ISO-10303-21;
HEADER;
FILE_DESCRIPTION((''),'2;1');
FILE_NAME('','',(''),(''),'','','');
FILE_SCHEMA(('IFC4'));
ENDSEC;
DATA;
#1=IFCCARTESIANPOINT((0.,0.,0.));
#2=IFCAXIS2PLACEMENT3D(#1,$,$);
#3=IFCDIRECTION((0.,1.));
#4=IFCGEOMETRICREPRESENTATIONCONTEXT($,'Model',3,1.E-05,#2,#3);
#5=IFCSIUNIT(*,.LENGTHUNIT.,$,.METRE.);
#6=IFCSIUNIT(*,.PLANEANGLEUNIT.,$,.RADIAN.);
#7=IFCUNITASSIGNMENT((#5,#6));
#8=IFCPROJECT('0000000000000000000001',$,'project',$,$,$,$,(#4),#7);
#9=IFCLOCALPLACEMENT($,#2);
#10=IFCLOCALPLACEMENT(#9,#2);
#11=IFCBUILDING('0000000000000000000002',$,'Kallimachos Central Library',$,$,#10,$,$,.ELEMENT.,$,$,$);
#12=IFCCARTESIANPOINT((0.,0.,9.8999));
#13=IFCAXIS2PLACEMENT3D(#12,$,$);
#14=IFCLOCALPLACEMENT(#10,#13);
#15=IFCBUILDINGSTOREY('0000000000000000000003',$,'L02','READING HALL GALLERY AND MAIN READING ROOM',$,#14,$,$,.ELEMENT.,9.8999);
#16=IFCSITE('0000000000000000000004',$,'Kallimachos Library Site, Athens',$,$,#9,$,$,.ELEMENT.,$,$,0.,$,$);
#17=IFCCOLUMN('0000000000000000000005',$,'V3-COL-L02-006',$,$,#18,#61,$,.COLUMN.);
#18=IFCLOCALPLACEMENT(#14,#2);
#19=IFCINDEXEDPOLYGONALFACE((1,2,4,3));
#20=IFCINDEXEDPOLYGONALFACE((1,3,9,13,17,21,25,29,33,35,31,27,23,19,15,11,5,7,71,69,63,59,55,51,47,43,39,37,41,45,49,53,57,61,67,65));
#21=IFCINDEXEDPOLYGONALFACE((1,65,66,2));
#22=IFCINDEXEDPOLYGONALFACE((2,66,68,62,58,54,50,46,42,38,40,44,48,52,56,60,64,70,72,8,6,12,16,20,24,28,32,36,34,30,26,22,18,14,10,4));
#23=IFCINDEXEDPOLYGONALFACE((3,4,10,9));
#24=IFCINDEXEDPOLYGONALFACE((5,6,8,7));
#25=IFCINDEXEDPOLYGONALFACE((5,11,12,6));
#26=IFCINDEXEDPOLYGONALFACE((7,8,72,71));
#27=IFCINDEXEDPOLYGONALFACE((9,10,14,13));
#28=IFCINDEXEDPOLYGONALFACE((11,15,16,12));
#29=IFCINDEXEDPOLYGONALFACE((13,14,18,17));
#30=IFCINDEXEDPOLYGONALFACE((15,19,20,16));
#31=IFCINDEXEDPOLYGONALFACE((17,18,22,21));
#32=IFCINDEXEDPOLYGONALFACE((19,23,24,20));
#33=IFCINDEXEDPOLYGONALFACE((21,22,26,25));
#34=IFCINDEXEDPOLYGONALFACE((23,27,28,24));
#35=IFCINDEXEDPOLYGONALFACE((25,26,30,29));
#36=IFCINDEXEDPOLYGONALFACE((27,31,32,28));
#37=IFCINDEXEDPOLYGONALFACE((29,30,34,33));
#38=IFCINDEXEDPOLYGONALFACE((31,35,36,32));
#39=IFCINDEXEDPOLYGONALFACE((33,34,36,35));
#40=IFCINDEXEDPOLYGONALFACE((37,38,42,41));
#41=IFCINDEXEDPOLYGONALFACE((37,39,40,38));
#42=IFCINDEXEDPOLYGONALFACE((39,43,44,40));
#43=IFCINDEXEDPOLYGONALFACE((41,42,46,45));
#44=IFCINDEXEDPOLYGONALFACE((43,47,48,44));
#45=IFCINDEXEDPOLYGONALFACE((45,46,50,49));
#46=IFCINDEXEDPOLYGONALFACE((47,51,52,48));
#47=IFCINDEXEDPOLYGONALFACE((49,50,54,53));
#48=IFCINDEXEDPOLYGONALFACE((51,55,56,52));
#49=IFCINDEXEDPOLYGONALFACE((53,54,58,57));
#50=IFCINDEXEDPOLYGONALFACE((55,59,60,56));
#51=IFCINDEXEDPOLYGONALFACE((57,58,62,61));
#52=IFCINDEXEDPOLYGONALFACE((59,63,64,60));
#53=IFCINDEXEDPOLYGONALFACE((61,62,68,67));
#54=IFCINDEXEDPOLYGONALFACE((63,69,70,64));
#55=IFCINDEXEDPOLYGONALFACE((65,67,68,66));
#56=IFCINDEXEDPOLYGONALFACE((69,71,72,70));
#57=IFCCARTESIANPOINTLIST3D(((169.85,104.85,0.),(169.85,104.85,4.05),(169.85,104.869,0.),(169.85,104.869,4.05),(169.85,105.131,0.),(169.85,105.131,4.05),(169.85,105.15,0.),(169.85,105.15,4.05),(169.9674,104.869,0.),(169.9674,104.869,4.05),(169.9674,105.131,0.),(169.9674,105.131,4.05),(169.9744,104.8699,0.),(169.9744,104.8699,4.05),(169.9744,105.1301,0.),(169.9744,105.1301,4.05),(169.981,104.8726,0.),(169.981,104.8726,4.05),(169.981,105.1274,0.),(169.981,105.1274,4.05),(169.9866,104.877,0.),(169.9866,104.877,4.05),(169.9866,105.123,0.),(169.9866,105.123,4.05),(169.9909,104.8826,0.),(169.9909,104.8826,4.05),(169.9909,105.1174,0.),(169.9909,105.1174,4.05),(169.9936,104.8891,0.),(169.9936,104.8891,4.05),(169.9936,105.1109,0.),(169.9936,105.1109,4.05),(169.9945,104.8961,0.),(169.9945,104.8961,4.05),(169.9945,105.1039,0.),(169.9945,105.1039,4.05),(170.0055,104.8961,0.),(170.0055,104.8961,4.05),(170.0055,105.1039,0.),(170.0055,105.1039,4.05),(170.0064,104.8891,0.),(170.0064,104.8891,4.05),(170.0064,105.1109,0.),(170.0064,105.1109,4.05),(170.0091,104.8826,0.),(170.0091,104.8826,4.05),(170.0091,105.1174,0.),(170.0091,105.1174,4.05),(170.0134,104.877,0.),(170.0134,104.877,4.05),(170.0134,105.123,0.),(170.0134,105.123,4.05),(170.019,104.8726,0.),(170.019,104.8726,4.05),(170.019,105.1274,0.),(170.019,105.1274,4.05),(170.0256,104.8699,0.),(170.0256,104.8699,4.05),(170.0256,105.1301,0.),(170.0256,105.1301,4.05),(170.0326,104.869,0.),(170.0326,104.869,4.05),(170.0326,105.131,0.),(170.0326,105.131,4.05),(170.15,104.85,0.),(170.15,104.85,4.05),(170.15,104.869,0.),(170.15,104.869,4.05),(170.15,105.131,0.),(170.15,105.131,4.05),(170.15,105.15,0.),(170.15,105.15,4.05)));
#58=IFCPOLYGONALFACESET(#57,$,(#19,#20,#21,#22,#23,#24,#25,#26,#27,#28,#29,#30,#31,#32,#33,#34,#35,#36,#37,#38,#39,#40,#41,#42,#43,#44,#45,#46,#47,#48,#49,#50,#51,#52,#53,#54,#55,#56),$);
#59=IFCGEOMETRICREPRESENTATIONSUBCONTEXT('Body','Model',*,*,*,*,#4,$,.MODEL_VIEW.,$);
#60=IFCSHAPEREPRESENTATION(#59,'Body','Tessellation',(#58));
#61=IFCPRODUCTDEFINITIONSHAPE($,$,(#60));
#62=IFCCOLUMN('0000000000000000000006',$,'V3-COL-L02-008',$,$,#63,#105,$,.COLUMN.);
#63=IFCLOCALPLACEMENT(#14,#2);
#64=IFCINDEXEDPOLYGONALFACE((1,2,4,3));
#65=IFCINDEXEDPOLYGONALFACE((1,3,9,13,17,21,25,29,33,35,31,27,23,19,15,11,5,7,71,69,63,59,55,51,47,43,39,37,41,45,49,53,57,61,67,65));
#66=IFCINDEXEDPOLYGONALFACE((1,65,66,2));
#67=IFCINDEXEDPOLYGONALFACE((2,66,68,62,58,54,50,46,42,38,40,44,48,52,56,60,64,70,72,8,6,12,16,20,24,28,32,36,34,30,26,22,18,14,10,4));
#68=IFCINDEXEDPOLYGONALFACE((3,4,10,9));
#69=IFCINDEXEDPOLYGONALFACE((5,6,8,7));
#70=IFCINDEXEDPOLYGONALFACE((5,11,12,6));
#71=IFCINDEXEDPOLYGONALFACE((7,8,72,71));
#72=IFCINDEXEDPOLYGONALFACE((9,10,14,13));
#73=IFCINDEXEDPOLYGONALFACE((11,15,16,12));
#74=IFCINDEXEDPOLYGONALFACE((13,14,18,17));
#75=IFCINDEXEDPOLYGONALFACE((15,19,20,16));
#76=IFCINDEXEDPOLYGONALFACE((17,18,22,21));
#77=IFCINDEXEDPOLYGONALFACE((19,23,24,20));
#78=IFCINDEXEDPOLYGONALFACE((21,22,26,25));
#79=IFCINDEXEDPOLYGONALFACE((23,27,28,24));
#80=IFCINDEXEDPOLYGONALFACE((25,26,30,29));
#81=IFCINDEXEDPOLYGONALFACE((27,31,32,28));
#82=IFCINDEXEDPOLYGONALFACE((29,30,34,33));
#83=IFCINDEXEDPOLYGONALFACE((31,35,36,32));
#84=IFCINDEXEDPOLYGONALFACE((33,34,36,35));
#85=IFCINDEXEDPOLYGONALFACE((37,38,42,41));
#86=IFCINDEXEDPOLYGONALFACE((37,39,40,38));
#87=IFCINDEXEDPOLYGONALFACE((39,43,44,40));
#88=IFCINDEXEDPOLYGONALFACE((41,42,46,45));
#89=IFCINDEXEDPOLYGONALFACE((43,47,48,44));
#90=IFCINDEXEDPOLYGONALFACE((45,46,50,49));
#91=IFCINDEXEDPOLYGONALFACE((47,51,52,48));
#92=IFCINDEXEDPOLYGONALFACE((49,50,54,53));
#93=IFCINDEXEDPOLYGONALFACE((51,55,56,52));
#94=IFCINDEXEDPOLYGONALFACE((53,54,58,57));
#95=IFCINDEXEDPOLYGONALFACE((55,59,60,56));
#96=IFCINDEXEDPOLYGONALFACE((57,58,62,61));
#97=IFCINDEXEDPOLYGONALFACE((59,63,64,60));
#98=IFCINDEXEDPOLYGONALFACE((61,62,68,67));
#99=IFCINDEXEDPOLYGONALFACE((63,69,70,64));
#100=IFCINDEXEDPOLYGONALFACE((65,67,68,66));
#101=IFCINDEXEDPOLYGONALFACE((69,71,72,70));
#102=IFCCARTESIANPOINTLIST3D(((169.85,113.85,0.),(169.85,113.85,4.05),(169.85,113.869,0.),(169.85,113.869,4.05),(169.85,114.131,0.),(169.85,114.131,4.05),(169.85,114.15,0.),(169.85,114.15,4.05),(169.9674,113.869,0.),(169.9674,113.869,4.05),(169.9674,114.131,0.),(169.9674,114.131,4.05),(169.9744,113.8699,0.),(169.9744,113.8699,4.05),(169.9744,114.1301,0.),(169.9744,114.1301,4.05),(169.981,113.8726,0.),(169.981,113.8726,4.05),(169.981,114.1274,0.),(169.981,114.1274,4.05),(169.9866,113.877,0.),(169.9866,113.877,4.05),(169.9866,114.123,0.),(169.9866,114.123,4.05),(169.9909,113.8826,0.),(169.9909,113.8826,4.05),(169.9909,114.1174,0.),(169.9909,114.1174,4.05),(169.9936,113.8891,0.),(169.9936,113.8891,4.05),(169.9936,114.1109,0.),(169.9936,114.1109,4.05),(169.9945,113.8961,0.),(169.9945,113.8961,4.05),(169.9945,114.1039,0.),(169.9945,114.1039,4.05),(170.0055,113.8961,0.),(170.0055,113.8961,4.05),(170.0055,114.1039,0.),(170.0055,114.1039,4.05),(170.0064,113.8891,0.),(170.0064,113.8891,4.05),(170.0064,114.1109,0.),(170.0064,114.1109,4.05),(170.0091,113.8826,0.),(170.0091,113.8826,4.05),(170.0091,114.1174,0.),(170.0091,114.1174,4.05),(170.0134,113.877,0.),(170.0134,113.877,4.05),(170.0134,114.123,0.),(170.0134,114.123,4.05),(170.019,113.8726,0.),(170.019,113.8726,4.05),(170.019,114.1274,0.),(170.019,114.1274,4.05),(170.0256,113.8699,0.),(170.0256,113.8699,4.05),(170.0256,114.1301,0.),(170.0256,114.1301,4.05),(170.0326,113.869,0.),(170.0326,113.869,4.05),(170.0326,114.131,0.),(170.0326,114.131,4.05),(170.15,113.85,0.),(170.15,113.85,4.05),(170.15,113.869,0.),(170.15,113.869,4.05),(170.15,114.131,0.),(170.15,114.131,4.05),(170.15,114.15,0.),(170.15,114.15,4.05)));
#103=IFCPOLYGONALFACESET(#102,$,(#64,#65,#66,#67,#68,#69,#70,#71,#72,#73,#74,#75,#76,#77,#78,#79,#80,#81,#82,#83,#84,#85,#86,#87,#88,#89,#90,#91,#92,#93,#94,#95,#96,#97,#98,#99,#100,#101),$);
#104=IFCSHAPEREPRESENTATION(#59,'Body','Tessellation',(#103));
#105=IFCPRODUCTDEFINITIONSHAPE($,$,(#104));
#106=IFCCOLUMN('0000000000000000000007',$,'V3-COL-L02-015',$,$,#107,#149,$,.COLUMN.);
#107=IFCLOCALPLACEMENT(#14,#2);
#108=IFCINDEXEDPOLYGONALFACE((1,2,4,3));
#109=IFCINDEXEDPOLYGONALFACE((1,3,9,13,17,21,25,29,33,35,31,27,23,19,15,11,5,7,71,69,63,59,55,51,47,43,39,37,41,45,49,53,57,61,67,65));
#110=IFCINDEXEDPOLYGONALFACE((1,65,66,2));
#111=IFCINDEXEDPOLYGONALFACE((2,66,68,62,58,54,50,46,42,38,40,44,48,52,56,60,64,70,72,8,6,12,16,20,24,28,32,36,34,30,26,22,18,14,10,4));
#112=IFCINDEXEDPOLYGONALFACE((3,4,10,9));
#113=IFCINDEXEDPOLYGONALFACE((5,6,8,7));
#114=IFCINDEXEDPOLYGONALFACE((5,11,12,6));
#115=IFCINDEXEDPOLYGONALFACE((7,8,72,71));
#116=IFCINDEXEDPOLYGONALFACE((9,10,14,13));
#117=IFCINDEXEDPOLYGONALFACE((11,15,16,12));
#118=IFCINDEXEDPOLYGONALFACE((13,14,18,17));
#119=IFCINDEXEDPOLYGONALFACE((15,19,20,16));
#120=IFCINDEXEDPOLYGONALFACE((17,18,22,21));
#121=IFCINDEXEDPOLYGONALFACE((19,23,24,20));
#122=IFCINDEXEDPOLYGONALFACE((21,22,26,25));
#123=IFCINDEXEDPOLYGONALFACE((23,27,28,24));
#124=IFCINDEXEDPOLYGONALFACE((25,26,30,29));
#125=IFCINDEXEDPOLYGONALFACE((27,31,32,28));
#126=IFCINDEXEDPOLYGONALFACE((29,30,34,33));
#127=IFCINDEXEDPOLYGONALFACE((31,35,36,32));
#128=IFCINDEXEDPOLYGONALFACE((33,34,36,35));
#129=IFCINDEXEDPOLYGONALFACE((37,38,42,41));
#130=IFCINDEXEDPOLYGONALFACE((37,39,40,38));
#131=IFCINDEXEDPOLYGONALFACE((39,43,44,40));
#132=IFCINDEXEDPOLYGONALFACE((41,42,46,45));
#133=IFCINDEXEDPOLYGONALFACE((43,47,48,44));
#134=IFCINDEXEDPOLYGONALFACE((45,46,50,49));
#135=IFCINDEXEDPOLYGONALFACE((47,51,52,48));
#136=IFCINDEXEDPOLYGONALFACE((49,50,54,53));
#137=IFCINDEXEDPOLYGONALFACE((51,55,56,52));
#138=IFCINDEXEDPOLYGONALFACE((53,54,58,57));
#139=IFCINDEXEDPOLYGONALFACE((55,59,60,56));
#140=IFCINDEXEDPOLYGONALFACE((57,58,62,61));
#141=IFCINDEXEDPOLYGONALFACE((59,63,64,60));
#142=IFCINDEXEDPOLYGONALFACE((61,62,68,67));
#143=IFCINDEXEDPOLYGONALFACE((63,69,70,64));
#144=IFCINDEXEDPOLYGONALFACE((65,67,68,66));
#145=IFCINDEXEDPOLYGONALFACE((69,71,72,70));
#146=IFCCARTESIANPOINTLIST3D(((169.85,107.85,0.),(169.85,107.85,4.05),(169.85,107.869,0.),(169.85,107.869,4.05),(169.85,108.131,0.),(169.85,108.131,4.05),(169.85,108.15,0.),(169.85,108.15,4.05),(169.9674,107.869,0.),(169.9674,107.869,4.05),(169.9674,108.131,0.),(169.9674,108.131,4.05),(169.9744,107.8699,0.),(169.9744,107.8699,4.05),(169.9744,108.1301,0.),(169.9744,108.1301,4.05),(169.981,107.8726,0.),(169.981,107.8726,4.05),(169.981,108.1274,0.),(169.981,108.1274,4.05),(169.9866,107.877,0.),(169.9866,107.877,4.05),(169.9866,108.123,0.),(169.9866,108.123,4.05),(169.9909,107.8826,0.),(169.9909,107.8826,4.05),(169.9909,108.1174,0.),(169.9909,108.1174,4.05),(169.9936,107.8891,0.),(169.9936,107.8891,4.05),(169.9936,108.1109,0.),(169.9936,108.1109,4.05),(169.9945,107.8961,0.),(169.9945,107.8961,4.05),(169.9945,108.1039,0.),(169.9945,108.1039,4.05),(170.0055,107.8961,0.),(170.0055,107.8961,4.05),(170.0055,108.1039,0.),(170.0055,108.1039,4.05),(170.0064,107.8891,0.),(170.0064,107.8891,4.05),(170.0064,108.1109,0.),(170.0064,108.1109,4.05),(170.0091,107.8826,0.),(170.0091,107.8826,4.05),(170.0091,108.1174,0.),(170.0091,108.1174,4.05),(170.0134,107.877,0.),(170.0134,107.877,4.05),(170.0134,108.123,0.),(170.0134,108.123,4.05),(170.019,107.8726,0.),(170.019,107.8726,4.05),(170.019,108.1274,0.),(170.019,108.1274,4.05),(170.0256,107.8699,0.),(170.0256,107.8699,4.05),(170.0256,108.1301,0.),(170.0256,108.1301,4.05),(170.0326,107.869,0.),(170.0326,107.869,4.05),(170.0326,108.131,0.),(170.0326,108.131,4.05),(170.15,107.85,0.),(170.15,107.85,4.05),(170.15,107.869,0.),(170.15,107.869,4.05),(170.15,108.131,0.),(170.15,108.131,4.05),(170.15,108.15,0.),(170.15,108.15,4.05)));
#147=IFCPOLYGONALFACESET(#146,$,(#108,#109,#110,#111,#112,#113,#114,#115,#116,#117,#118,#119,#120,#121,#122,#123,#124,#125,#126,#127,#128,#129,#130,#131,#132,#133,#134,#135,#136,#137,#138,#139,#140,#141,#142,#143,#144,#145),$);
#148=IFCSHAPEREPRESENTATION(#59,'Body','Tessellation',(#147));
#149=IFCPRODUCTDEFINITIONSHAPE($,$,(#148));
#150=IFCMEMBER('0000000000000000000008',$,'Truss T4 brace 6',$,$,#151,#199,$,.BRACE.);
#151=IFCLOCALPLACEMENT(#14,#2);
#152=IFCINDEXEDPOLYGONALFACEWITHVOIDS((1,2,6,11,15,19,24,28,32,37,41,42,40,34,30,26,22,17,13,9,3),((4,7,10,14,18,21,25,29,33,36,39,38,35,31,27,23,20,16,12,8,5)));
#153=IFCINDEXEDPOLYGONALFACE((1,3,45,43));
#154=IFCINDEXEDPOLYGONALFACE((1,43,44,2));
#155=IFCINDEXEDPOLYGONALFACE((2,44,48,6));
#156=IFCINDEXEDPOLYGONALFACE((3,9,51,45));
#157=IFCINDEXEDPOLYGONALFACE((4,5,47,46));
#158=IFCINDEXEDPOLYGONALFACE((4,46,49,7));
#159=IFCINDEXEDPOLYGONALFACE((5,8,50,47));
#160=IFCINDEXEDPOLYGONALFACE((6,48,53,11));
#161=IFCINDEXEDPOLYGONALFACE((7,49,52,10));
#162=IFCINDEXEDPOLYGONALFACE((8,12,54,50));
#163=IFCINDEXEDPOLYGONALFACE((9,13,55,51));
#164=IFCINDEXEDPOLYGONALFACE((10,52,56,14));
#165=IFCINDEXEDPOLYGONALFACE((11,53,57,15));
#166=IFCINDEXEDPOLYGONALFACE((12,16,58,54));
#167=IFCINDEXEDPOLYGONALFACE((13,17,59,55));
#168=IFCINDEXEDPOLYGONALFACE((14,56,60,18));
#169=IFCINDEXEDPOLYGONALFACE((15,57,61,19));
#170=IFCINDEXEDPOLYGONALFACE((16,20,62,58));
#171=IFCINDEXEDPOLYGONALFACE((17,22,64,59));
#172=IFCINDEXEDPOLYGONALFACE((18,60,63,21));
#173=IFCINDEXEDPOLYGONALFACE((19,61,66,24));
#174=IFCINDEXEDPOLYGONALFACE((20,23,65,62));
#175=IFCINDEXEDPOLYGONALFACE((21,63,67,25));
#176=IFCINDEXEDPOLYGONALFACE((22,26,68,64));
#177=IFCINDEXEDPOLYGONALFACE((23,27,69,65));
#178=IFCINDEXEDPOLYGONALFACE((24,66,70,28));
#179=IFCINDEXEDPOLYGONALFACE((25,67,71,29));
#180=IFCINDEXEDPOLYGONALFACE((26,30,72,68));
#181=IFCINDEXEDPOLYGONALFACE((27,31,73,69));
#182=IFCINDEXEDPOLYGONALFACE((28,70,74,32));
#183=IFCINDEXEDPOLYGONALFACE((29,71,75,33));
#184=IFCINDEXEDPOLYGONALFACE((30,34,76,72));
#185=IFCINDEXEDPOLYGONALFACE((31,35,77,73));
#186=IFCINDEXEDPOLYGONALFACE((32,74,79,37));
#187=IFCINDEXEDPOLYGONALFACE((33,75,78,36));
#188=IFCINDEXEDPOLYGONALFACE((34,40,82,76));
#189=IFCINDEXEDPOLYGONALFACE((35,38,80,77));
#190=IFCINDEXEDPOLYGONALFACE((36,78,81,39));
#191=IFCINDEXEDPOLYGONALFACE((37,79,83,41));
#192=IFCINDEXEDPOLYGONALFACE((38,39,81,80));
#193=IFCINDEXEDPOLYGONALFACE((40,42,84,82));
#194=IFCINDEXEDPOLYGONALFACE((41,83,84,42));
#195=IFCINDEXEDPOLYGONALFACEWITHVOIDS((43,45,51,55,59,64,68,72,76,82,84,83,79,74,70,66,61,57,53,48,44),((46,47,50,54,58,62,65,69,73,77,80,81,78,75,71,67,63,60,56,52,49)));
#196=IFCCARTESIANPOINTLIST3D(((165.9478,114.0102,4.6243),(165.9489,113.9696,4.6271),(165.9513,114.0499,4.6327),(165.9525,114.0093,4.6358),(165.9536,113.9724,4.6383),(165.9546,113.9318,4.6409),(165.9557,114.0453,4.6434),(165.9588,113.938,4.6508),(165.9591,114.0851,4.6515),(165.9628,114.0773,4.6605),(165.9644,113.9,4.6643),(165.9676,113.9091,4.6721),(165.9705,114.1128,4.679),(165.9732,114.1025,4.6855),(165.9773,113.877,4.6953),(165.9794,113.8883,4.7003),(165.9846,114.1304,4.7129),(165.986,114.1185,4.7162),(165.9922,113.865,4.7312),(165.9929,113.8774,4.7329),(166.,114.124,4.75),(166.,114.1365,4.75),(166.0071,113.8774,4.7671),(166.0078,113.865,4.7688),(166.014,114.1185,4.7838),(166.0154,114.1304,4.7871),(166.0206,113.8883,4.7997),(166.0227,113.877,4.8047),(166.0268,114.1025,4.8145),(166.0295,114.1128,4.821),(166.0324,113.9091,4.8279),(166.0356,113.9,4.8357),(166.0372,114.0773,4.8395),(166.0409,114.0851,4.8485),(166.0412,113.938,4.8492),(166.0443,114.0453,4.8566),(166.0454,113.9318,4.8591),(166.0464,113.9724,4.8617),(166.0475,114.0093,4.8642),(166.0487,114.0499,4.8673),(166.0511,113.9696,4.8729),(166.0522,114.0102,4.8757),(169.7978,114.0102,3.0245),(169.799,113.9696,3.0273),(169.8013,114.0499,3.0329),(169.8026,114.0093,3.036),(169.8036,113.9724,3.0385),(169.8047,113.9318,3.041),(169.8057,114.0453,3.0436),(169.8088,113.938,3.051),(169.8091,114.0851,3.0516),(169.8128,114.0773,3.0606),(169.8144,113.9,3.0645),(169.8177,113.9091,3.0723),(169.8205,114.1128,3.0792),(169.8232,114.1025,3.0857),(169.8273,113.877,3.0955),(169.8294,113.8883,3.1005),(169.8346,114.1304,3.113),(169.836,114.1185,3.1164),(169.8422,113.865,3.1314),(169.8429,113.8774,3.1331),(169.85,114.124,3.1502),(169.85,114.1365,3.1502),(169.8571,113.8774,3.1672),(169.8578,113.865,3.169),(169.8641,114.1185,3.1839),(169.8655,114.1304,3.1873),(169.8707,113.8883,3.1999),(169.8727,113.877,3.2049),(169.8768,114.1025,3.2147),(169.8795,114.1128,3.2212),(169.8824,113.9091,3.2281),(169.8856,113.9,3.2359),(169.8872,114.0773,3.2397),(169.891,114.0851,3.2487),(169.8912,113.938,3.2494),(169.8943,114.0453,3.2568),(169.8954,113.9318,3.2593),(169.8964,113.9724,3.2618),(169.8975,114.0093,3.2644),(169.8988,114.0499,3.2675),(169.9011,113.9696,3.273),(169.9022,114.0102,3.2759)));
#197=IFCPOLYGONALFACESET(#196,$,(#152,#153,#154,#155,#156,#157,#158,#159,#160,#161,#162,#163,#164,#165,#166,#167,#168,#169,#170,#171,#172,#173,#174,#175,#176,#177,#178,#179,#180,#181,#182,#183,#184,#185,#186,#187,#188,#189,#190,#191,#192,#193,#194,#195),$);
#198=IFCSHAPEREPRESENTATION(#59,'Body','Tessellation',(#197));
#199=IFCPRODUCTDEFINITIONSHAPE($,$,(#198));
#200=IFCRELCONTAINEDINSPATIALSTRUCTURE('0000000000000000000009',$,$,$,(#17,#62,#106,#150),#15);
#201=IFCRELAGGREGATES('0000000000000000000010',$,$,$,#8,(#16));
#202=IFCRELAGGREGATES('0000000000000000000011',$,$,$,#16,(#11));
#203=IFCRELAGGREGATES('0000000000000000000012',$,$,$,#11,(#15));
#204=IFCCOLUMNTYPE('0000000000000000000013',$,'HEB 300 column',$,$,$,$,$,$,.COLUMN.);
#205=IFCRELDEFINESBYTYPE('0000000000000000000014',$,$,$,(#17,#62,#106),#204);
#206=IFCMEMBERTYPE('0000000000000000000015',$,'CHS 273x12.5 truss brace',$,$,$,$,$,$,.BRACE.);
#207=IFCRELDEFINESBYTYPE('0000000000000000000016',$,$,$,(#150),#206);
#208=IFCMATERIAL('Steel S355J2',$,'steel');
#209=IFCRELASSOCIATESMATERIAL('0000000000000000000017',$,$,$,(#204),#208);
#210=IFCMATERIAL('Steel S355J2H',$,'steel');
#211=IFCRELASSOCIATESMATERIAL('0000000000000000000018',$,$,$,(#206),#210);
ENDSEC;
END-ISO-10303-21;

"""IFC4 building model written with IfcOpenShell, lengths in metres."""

from ifc_helpers import new_model, si_unit, direction, frame, origin, origin_2d, place, context, subcontext, project, spatial, hollow_circle, i_section, extrude, material, material_profile, profile_set, type_object, element, save


model = new_model("IFC4")

# Units and contexts
model_context = context("Model", 3, precision=1e-05, world=origin(), true_north=direction((0.0, 1.0)))
body_context = subcontext(model_context, "Body", "Model", "MODEL_VIEW")
ifc_project = project(units=[si_unit("LENGTHUNIT", "METRE"), si_unit("PLANEANGLEUNIT", "RADIAN")], contexts=[model_context])

# Site, building, storey
site_placement = place(None, origin())
site = spatial("IfcSite", under=ifc_project, at=site_placement, Name="Kallimachos Library Site, Athens", CompositionType="ELEMENT", RefElevation=0.0)
building_placement = place(site_placement, origin())
building = spatial("IfcBuilding", under=site, at=building_placement, Name="Kallimachos Central Library", CompositionType="ELEMENT")
storey_placement = place(building_placement, frame((0.0, 0.0, 9.8999)))
storey = spatial("IfcBuildingStorey", under=building, at=storey_placement, Name="L02", Description="READING HALL GALLERY AND MAIN READING ROOM", CompositionType="ELEMENT", Elevation=9.8999)

# Columns
ifc_material_1 = material(Name="Steel S355J2", Category="steel")
ifc_material_profile_1 = material_profile(ifc_material_1, i_section(OverallWidth=0.3, OverallDepth=0.3, WebThickness=0.011, FlangeThickness=0.019, FilletRadius=0.0271, at=origin_2d()), Name="HEB 300")
ifc_profile_set_1 = profile_set([ifc_material_profile_1], Name="Steel S355J2")
column_type = type_object("IfcColumnType", Name="HEB 300 column", PredefinedType="COLUMN", material=ifc_profile_set_1)
for number, where, z_axis, x_axis, name in (
    (1, (170.0, 105.0, 0.0), (0.0, 0.0, 1.0), (1.0, 0.0, 0.0), "V3-COL-L02-006"),
    (2, (170.0, 114.0, 0.0), (0.0, 0.0, 1.0), (1.0, 0.0, 0.0), "V3-COL-L02-008"),
    (3, (170.0, 108.0, 0.0), (0.0, 0.0, 1.0), (1.0, 0.0, 0.0), "V3-COL-L02-015"),
):
    element("IfcColumn", number, at=place(storey_placement, frame(where, z_axis=z_axis, x_axis=x_axis)), inside=storey, type_object=column_type, Name=name, PredefinedType="COLUMN", context=body_context, shape_type="SweptSolid", body=[
        extrude(i_section(OverallWidth=0.3, OverallDepth=0.3, WebThickness=0.011, FlangeThickness=0.019, FilletRadius=0.0271, at=origin_2d()), origin(), (0.0, 0.0, 1.0), 4.05),
    ])

# Member
ifc_material_2 = material(Name="Steel S355J2H", Category="steel")
ifc_material_profile_2 = material_profile(ifc_material_2, hollow_circle(Radius=0.1365, WallThickness=0.0125, at=origin_2d()), Name="CHS 273x12.5")
ifc_profile_set_2 = profile_set([ifc_material_profile_2], Name="Steel S355J2H")
member_type_1 = type_object("IfcMemberType", Name="CHS 273x12.5 truss brace", PredefinedType="BRACE", material=ifc_profile_set_2)
member_1_placement = place(storey_placement, frame((166.0, 114.0, 4.75), z_axis=(0.923447, 0.0, -0.383725), x_axis=(0.0, 1.0, 0.0)))
element("IfcMember", 4, at=member_1_placement, inside=storey, type_object=member_type_1, Name="Truss T4 brace 6", PredefinedType="BRACE", context=body_context, shape_type="SweptSolid", body=[
    extrude(hollow_circle(Radius=0.1365, WallThickness=0.0125, at=origin_2d()), origin(), (0.0, 0.0, 1.0), 4.1692),
])

save(model, "model.ifc")
